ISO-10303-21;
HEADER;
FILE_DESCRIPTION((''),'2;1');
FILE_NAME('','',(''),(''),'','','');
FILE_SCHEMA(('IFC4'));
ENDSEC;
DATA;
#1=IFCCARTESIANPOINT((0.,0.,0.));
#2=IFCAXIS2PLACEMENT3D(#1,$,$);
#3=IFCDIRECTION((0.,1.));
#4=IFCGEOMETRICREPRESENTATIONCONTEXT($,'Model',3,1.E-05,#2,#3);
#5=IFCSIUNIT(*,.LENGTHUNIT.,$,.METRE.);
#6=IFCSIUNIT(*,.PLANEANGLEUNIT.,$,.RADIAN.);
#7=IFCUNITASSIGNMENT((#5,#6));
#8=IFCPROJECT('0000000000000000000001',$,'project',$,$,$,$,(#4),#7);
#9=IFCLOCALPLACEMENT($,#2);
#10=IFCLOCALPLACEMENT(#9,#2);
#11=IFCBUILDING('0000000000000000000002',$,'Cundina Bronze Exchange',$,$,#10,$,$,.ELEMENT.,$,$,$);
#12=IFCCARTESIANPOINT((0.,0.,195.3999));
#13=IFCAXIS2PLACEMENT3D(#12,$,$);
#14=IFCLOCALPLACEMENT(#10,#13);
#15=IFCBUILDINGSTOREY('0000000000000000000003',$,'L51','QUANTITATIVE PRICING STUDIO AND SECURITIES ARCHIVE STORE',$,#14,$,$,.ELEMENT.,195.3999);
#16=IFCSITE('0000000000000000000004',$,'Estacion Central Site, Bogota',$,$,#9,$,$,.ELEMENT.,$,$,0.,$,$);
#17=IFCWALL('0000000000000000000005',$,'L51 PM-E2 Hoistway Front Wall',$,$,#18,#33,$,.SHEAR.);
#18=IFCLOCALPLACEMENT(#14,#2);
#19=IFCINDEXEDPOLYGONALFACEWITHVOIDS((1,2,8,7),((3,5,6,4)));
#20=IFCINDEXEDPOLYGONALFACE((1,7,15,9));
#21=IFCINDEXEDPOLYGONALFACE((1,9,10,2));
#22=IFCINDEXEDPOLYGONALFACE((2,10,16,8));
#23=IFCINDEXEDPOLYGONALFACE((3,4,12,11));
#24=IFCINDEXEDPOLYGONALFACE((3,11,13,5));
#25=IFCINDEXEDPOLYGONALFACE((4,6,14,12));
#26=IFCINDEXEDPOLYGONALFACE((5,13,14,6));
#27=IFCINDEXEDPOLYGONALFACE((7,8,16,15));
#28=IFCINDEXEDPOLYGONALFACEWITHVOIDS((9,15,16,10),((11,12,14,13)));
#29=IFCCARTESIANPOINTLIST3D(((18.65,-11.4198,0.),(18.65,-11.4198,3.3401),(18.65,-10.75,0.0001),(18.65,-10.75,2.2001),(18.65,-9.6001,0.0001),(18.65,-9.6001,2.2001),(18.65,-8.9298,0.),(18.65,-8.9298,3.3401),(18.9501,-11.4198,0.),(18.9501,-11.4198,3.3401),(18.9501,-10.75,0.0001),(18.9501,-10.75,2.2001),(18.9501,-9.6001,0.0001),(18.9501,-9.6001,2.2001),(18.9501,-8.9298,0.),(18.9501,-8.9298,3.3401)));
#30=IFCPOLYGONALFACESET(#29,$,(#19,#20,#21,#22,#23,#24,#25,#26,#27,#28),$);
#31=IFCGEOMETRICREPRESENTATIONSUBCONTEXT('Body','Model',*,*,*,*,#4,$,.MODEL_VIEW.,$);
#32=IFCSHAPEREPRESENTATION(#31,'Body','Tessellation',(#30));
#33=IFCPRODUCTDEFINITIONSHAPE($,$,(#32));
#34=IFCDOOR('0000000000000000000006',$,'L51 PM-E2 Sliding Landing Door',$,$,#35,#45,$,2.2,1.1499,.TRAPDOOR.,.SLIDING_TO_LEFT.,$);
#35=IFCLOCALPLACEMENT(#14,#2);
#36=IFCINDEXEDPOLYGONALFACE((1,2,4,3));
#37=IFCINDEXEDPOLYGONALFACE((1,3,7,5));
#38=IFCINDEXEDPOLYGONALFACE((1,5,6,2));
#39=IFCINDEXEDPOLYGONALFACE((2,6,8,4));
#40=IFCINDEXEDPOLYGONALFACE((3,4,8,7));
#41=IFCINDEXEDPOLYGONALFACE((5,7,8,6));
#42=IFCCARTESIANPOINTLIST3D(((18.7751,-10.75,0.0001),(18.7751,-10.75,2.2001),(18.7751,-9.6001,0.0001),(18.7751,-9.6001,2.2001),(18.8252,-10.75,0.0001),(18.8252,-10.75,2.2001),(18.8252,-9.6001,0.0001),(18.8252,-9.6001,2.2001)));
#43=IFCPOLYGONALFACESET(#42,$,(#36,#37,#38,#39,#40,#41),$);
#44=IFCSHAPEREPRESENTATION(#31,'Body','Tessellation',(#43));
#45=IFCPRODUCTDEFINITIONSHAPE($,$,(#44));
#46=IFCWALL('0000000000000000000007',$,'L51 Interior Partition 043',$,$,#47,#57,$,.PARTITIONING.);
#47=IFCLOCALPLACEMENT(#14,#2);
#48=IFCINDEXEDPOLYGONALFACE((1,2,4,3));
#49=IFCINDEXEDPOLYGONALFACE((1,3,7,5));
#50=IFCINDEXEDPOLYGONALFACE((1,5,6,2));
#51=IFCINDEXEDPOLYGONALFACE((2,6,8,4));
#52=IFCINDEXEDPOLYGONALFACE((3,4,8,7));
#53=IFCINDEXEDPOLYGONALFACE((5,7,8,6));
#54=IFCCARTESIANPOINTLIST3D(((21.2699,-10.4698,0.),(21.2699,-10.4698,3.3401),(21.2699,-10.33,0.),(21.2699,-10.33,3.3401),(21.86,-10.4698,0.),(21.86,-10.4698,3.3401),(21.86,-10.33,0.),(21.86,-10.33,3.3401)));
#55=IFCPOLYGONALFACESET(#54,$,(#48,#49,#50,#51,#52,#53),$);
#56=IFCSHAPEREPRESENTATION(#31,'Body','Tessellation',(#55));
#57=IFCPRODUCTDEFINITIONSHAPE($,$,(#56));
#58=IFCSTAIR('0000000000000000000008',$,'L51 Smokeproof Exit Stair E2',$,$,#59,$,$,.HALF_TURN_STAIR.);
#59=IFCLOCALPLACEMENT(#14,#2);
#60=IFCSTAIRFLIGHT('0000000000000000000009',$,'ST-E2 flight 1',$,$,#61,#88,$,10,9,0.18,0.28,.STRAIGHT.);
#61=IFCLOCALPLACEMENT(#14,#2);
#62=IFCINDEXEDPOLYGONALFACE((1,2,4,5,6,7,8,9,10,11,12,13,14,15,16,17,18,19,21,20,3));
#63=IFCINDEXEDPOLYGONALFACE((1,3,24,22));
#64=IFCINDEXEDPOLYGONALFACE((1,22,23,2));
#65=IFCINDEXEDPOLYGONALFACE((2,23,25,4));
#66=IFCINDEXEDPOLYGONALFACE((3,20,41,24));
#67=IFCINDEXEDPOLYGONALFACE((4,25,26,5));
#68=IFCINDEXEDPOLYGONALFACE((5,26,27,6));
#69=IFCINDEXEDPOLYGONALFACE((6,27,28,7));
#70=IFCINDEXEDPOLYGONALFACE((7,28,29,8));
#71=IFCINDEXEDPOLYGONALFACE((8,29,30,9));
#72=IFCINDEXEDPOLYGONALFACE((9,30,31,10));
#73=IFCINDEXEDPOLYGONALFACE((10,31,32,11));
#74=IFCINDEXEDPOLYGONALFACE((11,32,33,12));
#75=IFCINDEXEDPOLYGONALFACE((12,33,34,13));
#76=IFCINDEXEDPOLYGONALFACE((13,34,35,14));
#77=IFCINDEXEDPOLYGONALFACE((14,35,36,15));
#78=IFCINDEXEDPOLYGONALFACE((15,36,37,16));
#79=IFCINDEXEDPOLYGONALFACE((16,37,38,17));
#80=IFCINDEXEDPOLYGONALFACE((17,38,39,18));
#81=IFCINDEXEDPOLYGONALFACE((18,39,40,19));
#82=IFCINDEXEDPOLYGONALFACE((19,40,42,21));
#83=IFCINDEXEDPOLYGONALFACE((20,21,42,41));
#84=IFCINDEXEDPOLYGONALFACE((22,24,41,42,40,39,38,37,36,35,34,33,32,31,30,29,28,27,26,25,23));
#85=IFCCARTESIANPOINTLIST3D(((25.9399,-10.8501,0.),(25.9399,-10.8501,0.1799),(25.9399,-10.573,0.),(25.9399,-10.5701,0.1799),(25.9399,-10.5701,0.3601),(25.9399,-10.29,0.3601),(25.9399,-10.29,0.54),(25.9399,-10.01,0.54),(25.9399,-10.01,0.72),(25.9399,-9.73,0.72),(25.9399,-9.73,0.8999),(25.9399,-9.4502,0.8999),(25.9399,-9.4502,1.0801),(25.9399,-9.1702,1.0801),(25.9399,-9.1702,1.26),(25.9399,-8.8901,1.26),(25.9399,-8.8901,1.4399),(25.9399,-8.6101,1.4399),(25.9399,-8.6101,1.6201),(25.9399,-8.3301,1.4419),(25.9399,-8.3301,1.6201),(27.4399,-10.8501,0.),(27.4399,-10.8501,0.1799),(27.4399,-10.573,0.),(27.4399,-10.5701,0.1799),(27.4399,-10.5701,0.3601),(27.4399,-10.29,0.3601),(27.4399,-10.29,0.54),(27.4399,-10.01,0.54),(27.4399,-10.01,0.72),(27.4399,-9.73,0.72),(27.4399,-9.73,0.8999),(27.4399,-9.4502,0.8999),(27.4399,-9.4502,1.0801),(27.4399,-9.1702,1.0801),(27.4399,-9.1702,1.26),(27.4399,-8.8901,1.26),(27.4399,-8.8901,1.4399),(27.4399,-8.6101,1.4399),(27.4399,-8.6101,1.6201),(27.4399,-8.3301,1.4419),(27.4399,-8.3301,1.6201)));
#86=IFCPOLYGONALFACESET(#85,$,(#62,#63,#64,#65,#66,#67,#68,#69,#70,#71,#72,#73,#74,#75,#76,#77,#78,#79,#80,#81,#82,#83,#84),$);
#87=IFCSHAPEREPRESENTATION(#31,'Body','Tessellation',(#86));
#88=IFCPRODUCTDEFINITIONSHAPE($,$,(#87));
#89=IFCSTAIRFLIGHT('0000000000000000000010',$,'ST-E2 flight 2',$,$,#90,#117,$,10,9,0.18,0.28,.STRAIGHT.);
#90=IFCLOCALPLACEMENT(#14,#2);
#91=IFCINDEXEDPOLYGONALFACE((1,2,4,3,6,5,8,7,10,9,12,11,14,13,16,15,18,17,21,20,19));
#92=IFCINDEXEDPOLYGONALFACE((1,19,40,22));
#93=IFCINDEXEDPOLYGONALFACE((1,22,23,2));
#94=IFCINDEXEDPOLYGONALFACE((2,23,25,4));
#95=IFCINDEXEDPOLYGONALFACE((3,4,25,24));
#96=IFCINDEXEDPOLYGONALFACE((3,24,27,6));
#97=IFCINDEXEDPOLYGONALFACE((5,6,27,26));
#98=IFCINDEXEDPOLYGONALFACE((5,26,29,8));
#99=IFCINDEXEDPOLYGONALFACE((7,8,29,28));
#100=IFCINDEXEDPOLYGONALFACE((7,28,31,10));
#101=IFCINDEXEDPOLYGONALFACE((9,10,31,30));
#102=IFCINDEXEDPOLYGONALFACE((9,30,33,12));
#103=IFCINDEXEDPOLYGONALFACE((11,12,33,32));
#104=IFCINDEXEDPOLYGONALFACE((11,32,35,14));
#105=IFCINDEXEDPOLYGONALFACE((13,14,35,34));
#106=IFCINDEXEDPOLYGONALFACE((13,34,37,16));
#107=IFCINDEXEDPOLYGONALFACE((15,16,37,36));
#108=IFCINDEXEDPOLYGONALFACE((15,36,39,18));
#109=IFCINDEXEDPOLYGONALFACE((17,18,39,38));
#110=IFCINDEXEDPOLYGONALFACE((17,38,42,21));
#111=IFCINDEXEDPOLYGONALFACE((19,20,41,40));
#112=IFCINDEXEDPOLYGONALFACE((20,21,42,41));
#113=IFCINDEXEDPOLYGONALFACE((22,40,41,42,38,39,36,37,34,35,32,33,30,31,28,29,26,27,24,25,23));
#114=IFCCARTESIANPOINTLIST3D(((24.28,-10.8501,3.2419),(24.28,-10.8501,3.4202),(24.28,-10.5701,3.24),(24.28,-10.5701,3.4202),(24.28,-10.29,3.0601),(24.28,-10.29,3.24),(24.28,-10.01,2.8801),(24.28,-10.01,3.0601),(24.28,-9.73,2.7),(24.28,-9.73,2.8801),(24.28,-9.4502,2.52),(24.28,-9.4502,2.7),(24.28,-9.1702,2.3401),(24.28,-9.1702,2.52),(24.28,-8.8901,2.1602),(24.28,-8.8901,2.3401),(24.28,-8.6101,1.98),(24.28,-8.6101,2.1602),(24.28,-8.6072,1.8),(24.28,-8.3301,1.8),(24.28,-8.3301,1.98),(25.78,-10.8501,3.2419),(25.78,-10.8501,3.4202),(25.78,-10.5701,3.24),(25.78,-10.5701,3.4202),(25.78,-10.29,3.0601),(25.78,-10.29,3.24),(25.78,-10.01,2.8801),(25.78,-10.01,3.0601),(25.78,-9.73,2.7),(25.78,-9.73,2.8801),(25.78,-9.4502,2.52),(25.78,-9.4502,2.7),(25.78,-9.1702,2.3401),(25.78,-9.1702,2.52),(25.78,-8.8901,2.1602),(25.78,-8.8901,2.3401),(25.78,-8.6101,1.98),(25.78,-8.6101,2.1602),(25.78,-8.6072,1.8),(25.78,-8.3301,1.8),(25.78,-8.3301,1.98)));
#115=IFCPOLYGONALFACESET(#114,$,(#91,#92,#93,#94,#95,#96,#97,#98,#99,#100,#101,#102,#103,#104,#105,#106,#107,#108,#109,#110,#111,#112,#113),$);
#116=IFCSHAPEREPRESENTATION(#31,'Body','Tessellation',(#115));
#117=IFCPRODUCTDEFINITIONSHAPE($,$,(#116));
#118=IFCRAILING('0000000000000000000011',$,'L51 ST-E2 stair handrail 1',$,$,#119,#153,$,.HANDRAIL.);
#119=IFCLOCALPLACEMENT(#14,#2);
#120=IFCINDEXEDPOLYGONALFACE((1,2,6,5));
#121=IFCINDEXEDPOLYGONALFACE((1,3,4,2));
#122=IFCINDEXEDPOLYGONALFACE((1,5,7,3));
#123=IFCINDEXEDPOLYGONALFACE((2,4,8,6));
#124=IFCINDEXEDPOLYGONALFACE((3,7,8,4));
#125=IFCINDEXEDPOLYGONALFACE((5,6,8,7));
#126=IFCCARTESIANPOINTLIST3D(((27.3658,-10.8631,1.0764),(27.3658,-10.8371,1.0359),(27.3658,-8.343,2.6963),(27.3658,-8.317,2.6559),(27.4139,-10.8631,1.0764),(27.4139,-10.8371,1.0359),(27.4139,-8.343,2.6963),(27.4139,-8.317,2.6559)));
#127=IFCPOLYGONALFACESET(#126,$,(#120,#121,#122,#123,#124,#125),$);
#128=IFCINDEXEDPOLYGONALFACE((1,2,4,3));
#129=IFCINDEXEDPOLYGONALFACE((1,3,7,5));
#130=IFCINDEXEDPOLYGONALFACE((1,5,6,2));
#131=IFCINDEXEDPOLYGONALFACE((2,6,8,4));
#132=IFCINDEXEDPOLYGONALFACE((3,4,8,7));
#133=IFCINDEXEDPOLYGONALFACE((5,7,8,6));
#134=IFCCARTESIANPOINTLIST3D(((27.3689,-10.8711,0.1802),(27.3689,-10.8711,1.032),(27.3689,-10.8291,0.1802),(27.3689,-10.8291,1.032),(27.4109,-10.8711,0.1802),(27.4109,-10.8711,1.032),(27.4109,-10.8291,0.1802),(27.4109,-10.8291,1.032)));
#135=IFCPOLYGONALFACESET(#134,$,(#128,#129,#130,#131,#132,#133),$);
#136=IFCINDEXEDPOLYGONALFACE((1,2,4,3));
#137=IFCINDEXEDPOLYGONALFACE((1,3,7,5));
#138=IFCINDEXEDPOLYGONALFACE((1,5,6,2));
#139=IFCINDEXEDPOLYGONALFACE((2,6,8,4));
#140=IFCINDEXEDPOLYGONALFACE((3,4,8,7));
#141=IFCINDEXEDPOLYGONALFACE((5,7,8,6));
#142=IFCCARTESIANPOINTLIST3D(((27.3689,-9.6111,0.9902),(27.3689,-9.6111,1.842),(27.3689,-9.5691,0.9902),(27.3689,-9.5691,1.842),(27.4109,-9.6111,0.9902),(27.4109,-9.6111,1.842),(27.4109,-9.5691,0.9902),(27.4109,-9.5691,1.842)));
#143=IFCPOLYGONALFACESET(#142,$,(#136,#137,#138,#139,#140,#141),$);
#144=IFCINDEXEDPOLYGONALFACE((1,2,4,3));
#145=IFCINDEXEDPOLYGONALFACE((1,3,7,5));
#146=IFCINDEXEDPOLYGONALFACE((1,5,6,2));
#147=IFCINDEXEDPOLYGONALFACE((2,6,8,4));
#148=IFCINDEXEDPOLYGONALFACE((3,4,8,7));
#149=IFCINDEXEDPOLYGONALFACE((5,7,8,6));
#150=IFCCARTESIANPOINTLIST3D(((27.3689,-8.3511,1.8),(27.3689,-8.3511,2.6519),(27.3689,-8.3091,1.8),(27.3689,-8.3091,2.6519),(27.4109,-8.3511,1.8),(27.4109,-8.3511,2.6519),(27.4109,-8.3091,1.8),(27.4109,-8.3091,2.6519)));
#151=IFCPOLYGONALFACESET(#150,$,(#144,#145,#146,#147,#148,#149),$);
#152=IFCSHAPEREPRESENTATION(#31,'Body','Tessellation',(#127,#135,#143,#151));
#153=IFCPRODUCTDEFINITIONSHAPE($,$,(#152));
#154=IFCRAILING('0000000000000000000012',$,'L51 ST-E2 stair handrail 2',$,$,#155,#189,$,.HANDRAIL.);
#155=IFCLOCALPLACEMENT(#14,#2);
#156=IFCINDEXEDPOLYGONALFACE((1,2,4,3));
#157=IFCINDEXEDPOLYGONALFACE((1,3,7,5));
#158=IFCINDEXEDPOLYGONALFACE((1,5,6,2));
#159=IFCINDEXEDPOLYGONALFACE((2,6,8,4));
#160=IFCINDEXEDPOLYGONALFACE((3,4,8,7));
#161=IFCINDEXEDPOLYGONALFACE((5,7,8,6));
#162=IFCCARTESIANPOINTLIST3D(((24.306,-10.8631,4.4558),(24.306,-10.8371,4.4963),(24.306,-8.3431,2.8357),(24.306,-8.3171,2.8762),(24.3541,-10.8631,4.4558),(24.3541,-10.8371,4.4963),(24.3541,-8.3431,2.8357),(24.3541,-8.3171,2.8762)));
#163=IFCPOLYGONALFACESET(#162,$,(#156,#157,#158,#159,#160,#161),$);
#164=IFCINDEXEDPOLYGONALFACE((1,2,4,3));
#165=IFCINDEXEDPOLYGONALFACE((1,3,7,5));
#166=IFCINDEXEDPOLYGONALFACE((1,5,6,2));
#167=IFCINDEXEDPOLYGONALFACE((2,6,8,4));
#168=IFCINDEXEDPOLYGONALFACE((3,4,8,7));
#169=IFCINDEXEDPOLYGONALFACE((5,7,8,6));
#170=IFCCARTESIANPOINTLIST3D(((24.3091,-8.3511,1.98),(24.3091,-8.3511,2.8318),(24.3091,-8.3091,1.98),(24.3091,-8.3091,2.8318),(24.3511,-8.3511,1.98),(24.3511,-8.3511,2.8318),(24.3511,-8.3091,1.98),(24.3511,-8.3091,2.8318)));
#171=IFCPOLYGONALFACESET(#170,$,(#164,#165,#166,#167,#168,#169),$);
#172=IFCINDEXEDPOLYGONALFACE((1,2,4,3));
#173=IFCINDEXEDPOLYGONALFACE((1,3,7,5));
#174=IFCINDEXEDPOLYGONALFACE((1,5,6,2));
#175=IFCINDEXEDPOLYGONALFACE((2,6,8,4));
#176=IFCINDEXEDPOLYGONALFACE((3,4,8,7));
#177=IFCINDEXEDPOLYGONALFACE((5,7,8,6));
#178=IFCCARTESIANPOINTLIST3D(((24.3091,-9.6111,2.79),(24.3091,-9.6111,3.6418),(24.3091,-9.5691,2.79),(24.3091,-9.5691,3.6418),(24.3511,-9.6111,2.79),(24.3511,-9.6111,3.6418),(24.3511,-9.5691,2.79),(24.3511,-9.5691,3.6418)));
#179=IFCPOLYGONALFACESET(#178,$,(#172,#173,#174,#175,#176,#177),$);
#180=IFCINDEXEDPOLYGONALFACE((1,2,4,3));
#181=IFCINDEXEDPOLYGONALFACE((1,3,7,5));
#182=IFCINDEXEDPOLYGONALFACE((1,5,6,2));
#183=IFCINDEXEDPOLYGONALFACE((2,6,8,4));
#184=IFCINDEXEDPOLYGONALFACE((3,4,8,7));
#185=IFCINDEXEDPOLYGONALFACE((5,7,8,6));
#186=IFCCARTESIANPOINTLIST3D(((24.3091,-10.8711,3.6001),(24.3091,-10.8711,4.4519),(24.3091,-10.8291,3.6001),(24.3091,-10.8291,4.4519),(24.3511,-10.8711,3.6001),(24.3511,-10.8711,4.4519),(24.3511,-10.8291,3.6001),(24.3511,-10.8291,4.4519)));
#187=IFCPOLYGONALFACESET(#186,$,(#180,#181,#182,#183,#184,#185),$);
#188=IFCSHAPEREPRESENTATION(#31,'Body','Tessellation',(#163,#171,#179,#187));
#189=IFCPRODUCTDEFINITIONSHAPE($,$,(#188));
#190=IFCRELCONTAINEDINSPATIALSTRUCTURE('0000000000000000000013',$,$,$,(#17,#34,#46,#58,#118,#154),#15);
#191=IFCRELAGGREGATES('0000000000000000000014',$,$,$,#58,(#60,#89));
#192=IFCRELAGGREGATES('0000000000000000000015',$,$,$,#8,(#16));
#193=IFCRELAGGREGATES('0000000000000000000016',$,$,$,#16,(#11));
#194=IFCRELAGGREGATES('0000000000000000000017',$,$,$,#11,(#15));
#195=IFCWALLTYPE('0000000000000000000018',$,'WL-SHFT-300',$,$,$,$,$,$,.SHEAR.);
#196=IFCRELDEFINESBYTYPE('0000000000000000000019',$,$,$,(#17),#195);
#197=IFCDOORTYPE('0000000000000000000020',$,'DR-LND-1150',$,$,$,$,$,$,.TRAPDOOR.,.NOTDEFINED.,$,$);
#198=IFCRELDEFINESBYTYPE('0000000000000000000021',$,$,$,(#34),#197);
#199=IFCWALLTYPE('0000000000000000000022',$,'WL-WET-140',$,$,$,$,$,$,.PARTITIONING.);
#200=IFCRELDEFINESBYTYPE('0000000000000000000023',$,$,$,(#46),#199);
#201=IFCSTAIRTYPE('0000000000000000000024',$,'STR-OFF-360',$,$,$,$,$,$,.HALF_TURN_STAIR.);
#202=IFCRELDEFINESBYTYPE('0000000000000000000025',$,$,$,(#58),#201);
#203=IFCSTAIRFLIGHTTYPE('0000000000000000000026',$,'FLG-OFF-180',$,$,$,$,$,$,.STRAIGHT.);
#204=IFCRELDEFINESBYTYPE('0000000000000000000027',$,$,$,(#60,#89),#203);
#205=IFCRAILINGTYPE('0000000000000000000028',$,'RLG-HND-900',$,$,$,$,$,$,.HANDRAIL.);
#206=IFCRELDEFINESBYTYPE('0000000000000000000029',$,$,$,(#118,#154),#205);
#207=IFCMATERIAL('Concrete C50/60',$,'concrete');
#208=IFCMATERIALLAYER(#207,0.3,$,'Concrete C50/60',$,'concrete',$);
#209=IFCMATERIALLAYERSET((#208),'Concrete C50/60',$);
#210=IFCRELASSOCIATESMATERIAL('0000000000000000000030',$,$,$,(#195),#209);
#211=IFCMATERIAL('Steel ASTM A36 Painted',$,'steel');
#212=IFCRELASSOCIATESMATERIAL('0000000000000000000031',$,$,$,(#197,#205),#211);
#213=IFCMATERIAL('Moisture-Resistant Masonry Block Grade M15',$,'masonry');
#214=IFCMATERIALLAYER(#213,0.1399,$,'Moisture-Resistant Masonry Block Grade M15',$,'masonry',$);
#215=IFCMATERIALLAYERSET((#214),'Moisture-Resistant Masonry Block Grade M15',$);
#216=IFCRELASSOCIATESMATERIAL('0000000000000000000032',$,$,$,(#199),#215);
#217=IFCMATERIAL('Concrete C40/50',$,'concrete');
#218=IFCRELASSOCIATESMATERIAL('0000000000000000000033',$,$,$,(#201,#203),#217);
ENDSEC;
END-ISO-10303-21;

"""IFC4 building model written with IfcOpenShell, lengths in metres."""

from ifc_helpers import new_model, si_unit, direction, frame, frame_2d, origin, origin_2d, place, context, subcontext, project, spatial, polyline, rectangle, outline, extrude, material, layer, layer_set, type_object, element, fill, aggregate, save


model = new_model("IFC4")

# Units and contexts
model_context = context("Model", 3, precision=1e-05, world=origin(), true_north=direction((0.0, 1.0)))
body_context = subcontext(model_context, "Body", "Model", "MODEL_VIEW")
ifc_project = project(units=[si_unit("LENGTHUNIT", "METRE"), si_unit("PLANEANGLEUNIT", "RADIAN")], contexts=[model_context])

# Site, building, storey
site_placement = place(None, origin())
site = spatial("IfcSite", under=ifc_project, at=site_placement, Name="Estacion Central Site, Bogota", CompositionType="ELEMENT", RefElevation=0.0)
building_placement = place(site_placement, origin())
building = spatial("IfcBuilding", under=site, at=building_placement, Name="Cundina Bronze Exchange", CompositionType="ELEMENT")
storey_placement = place(building_placement, frame((0.0, 0.0, 195.3999)))
storey = spatial("IfcBuildingStorey", under=building, at=storey_placement, Name="L51", Description="QUANTITATIVE PRICING STUDIO AND SECURITIES ARCHIVE STORE", CompositionType="ELEMENT", Elevation=195.3999)

# Shared definitions
ifc_material_1 = material(Name="Concrete C50/60", Category="concrete")

# Shared definitions
ifc_layer_1 = layer(ifc_material_1, 0.3, Name="Concrete C50/60", Category="concrete")
ifc_layer_set_1 = layer_set([ifc_layer_1], Name="Concrete C50/60")
wall_type_1 = type_object("IfcWallType", Name="WL-SHFT-300", PredefinedType="SHEAR", material=ifc_layer_set_1)

# Shared definitions
ifc_material_2 = material(Name="Steel ASTM A36 Painted", Category="steel")
door_type_1 = type_object("IfcDoorType", Name="DR-LND-1150", OperationType="NOTDEFINED", PredefinedType="TRAPDOOR", material=ifc_material_2)

# Wall, opening, door
wall_1_placement = place(storey_placement, frame((18.8, -11.4199, 0.0), z_axis=(0.0, 0.0, 1.0), x_axis=(0.0, 1.0, 0.0)))
wall_1 = element("IfcWall", 1, at=wall_1_placement, inside=storey, type_object=wall_type_1, Name="L51 PM-E2 Hoistway Front Wall", PredefinedType="SHEAR", context=body_context, shape_type="SweptSolid", body=[
    extrude(rectangle(XDim=2.49, YDim=0.3, at=frame_2d((1.2451, 0.0))), origin(), (0.0, 0.0, 1.0), 3.3401),
])
opening_1_placement = place(wall_1_placement, frame((0.6699, 0.0, 0.0)))
opening_1 = element("IfcOpeningElement", 2, at=opening_1_placement, cuts=wall_1, PredefinedType="OPENING", context=body_context, shape_type="SweptSolid", body=[
    extrude(rectangle(XDim=1.1499, YDim=2.2, at=frame_2d((0.575, 1.1001))), frame((0.0, 0.1599, 0.0), z_axis=(0.0, -1.0, 0.0), x_axis=(1.0, 0.0, 0.0)), (0.0, 0.0, 1.0), 0.3201),
])
door_1_placement = place(opening_1_placement, origin())
door_1 = element("IfcDoor", 3, at=door_1_placement, inside=storey, type_object=door_type_1, Name="L51 PM-E2 Sliding Landing Door", OperationType="SLIDING_TO_LEFT", OverallHeight=2.2, OverallWidth=1.1499, PredefinedType="TRAPDOOR", context=body_context, shape_type="SweptSolid", body=[
    extrude(rectangle(XDim=1.1499, YDim=2.2, at=frame_2d((0.575, 1.1001))), frame((0.0, 0.0249, 0.0), z_axis=(0.0, -1.0, 0.0), x_axis=(1.0, 0.0, 0.0)), (0.0, 0.0, 1.0), 0.05),
])
fill(opening_1, door_1)

# Wall
ifc_material_3 = material(Name="Moisture-Resistant Masonry Block Grade M15", Category="masonry")
ifc_layer_2 = layer(ifc_material_3, 0.1399, Name="Moisture-Resistant Masonry Block Grade M15", Category="masonry")
ifc_layer_set_2 = layer_set([ifc_layer_2], Name="Moisture-Resistant Masonry Block Grade M15")
wall_type_2 = type_object("IfcWallType", Name="WL-WET-140", PredefinedType="PARTITIONING", material=ifc_layer_set_2)
wall_2_placement = place(storey_placement, frame((21.27, -10.3999, 0.0), z_axis=(0.0, 0.0, 1.0), x_axis=(1.0, 0.0, 0.0)))
element("IfcWall", 4, at=wall_2_placement, inside=storey, type_object=wall_type_2, Name="L51 Interior Partition 043", PredefinedType="PARTITIONING", context=body_context, shape_type="SweptSolid", body=[
    extrude(rectangle(XDim=0.5901, YDim=0.1399, at=frame_2d((0.2949, 0.0))), origin(), (0.0, 0.0, 1.0), 3.3401),
])

# Stair, stair flights
ifc_material_4 = material(Name="Concrete C40/50", Category="concrete")
stair_type = type_object("IfcStairType", Name="STR-OFF-360", PredefinedType="HALF_TURN_STAIR", material=ifc_material_4)
stair_placement = place(storey_placement, origin())
stair = element("IfcStair", 5, at=stair_placement, inside=storey, type_object=stair_type, Name="L51 Smokeproof Exit Stair E2", PredefinedType="HALF_TURN_STAIR")
stair_flight_type = type_object("IfcStairFlightType", Name="FLG-OFF-180", PredefinedType="STRAIGHT", material=ifc_material_4)
stair_flight_1_placement = place(storey_placement, frame((26.6899, -10.8501, 0.0), z_axis=(0.0, 0.0, 1.0), x_axis=(0.0, 1.0, 0.0)))
stair_flight_1 = element("IfcStairFlight", 6, at=stair_flight_1_placement, type_object=stair_flight_type, Name="ST-E2 flight 1", NumberOfRisers=10, NumberOfTreads=9, PredefinedType="STRAIGHT", RiserHeight=0.18, TreadLength=0.28, context=body_context, shape_type="SweptSolid", body=[
    extrude(outline(polyline([(0.0, 0.0), (0.0, 0.1799), (0.28, 0.1799), (0.28, 0.3601), (0.5601, 0.3601), (0.5601, 0.54), (0.8401, 0.54), (0.8401, 0.72), (1.1201, 0.72), (1.1201, 0.8999), (1.3999, 0.8999), (1.3999, 1.0801), (1.6799, 1.0801), (1.6799, 1.26), (1.96, 1.26), (1.96, 1.4399), (2.24, 1.4399), (2.24, 1.6201), (2.52, 1.6201), (2.52, 1.8), (2.52, 1.4419), (0.2771, 0.0), (0.0, 0.0)])), frame((0.0, 0.75, 0.0), z_axis=(0.0, -1.0, 0.0), x_axis=(1.0, 0.0, 0.0)), (0.0, 0.0, 1.0), 1.5),
])
stair_flight_2_placement = place(storey_placement, frame((25.03, -8.3301, 1.8), z_axis=(0.0, 0.0, 1.0), x_axis=(0.0, -1.0, 0.0)))
stair_flight_2 = element("IfcStairFlight", 7, at=stair_flight_2_placement, type_object=stair_flight_type, Name="ST-E2 flight 2", NumberOfRisers=10, NumberOfTreads=9, PredefinedType="STRAIGHT", RiserHeight=0.18, TreadLength=0.28, context=body_context, shape_type="SweptSolid", body=[
    extrude(outline(polyline([(0.0, 0.0), (0.0, 0.1799), (0.28, 0.1799), (0.28, 0.3601), (0.5601, 0.3601), (0.5601, 0.54), (0.8401, 0.54), (0.8401, 0.72), (1.1201, 0.72), (1.1201, 0.8999), (1.3999, 0.8999), (1.3999, 1.0801), (1.6799, 1.0801), (1.6799, 1.26), (1.96, 1.26), (1.96, 1.4399), (2.24, 1.4399), (2.24, 1.6201), (2.52, 1.6201), (2.52, 1.8), (2.52, 1.4419), (0.2771, 0.0), (0.0, 0.0)])), frame((0.0, 0.75, 0.0), z_axis=(0.0, -1.0, 0.0), x_axis=(1.0, 0.0, 0.0)), (0.0, 0.0, 1.0), 1.5),
])
aggregate(stair, [stair_flight_1, stair_flight_2])

# Railings
railing_type_1 = type_object("IfcRailingType", Name="RLG-HND-900", PredefinedType="HANDRAIL", material=ifc_material_2)
railing_1_placement = place(storey_placement, frame((27.3899, -10.8501, 0.1802)))
element("IfcRailing", 8, at=railing_1_placement, inside=storey, type_object=railing_type_1, Name="L51 ST-E2 stair handrail 1", PredefinedType="HANDRAIL", context=body_context, shape_type="SweptSolid", body=[
    extrude(rectangle(XDim=0.0481, YDim=0.0481, at=origin_2d()), frame((0.0, 0.0, 0.876), z_axis=(0.0, 0.8412, 0.540725), x_axis=(-1.0, 0.0, 0.0)), (0.0, 0.0, 1.0), 2.9958),
    extrude(rectangle(XDim=0.042, YDim=0.042, at=origin_2d()), origin(), (0.0, 0.0, 1.0), 0.8518),
    extrude(rectangle(XDim=0.042, YDim=0.042, at=origin_2d()), frame((0.0, 1.26, 0.8101)), (0.0, 0.0, 1.0), 0.8518),
    extrude(rectangle(XDim=0.042, YDim=0.042, at=origin_2d()), frame((0.0, 2.52, 1.6199)), (0.0, 0.0, 1.0), 0.8518),
])
railing_2_placement = place(storey_placement, frame((24.3301, -8.3301, 1.98)))
element("IfcRailing", 9, at=railing_2_placement, inside=storey, type_object=railing_type_1, Name="L51 ST-E2 stair handrail 2", PredefinedType="HANDRAIL", context=body_context, shape_type="SweptSolid", body=[
    extrude(rectangle(XDim=0.0481, YDim=0.0481, at=origin_2d()), frame((0.0, 0.0, 0.876), z_axis=(0.0, -0.841163, 0.540782), x_axis=(1.0, 0.0, 0.0)), (0.0, 0.0, 1.0), 2.9958),
    extrude(rectangle(XDim=0.042, YDim=0.042, at=origin_2d()), origin(), (0.0, 0.0, 1.0), 0.8518),
    extrude(rectangle(XDim=0.042, YDim=0.042, at=origin_2d()), frame((0.0, -1.26, 0.8101)), (0.0, 0.0, 1.0), 0.8518),
    extrude(rectangle(XDim=0.042, YDim=0.042, at=origin_2d()), frame((0.0, -2.52, 1.6201)), (0.0, 0.0, 1.0), 0.8518),
])

save(model, "model.ifc")
